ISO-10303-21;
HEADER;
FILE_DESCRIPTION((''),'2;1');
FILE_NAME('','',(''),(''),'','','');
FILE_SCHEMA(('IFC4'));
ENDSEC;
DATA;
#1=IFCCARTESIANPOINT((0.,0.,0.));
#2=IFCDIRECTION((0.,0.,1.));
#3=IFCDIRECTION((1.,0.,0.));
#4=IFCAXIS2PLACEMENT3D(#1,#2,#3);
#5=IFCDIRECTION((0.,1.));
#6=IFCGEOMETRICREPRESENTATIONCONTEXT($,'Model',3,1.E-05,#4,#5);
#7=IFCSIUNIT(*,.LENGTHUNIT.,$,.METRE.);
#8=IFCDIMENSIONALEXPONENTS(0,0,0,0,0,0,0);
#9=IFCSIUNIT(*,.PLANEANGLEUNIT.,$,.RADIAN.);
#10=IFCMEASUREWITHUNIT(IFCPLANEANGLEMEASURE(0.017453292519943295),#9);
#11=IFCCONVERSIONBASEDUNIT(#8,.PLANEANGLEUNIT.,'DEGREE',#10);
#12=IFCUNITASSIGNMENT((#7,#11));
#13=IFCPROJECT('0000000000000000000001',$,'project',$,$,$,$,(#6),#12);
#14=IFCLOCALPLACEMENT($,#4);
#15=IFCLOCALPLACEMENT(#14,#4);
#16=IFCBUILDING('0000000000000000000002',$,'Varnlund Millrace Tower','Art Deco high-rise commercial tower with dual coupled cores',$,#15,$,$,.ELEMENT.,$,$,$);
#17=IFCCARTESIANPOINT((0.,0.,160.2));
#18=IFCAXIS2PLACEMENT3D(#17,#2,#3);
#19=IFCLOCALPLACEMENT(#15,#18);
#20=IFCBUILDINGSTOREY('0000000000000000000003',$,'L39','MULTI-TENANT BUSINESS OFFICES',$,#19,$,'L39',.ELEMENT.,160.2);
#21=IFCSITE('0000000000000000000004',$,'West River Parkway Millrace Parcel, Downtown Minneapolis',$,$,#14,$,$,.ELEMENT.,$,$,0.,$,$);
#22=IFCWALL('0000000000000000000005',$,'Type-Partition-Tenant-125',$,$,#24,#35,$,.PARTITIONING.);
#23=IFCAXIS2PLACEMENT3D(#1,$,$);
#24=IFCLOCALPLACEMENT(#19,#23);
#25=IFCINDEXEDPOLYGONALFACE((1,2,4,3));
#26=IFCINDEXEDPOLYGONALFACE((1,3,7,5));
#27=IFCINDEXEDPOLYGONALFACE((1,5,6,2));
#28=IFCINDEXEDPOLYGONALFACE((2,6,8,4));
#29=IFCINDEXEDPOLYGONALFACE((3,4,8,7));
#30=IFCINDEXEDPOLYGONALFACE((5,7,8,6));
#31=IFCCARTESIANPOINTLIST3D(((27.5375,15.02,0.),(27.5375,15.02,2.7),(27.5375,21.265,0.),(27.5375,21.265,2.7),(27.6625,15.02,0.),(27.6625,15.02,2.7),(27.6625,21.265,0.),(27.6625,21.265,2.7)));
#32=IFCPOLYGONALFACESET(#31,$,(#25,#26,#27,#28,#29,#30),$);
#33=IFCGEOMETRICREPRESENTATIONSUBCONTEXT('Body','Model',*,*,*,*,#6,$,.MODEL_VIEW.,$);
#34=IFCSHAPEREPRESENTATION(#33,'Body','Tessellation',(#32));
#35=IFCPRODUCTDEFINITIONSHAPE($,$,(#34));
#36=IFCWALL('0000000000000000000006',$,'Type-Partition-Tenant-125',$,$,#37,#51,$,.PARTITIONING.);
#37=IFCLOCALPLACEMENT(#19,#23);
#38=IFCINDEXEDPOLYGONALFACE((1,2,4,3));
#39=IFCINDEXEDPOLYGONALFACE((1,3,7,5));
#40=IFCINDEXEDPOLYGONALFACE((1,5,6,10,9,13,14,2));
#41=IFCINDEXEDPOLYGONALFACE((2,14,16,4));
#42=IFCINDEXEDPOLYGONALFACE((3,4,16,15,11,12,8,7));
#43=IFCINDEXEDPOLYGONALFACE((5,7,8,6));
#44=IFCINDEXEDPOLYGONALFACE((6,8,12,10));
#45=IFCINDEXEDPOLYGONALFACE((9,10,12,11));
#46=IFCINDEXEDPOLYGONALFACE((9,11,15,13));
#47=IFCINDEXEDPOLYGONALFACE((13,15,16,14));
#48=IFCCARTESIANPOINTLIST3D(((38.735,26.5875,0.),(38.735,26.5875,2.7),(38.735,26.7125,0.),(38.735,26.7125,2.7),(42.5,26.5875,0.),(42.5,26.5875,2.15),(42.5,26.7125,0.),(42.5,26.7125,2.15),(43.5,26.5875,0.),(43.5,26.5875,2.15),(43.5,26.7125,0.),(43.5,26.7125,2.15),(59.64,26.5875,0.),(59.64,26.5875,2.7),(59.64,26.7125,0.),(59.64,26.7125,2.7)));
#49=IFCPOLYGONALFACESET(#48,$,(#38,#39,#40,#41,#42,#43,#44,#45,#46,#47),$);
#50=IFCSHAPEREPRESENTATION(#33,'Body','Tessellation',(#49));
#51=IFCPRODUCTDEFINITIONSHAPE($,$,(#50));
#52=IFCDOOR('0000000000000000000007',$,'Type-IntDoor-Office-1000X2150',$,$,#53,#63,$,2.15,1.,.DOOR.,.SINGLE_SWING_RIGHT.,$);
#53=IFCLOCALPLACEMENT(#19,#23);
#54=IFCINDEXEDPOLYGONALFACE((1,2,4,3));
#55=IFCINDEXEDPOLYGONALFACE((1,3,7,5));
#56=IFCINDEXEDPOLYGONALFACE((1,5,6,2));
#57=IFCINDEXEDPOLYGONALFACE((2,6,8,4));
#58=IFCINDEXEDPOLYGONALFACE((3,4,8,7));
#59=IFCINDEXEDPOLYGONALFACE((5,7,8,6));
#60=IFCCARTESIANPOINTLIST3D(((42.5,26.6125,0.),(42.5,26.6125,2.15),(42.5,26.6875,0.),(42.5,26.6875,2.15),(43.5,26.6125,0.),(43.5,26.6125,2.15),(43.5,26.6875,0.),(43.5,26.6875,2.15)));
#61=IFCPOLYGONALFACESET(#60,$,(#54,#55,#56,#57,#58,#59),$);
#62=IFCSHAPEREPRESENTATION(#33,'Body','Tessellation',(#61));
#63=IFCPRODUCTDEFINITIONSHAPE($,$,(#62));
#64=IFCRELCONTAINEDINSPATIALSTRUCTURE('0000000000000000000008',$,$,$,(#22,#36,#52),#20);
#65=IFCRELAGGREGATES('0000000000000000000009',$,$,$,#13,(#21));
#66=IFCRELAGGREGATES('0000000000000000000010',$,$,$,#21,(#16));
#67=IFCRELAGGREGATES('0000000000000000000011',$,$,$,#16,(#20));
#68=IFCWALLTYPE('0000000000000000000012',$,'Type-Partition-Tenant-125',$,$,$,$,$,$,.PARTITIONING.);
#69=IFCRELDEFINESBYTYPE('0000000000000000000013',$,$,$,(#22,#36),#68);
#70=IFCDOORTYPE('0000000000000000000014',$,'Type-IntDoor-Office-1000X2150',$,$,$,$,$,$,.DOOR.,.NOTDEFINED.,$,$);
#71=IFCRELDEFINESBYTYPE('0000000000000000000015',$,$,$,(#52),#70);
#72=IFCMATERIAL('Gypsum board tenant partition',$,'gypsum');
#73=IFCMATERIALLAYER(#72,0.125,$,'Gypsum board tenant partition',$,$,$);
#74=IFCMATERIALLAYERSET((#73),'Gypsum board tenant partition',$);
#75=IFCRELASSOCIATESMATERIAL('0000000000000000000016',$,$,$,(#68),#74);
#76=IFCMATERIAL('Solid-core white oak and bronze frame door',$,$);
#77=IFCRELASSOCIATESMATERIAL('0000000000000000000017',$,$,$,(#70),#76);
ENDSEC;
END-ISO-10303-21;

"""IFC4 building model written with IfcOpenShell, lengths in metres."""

from ifc_helpers import new_model, entity, si_unit, converted_unit, direction, frame, origin_with_axes, origin_2d_with_axis, place, context, subcontext, project, spatial, polyline, rectangle, outline, extrude, material, layer, layer_set, type_object, element, fill, save


model = new_model("IFC4")

# Units and contexts
model_context = context("Model", 3, precision=1e-05, world=origin_with_axes(), true_north=direction((0.0, 1.0)))
body_context = subcontext(model_context, "Body", "Model", "MODEL_VIEW")
ifc_project = project(units=[si_unit("LENGTHUNIT", "METRE"), converted_unit("PLANEANGLEUNIT", "DEGREE", entity("IfcPlaneAngleMeasure", 0.017453292519943295), si_unit("PLANEANGLEUNIT", "RADIAN"), dimensions=[0, 0, 0, 0, 0, 0, 0])], contexts=[model_context])

# Site, building, storey
site_placement = place(None, origin_with_axes())
site = spatial("IfcSite", under=ifc_project, at=site_placement, Name="West River Parkway Millrace Parcel, Downtown Minneapolis", CompositionType="ELEMENT", RefElevation=0.0)
building_placement = place(site_placement, origin_with_axes())
building = spatial("IfcBuilding", under=site, at=building_placement, Name="Varnlund Millrace Tower", Description="Art Deco high-rise commercial tower with dual coupled cores", CompositionType="ELEMENT")
storey_placement = place(building_placement, frame((0.0, 0.0, 160.2), z_axis=(0.0, 0.0, 1.0), x_axis=(1.0, 0.0, 0.0)))
storey = spatial("IfcBuildingStorey", under=building, at=storey_placement, Name="L39", Description="MULTI-TENANT BUSINESS OFFICES", LongName="L39", CompositionType="ELEMENT", Elevation=160.2)

# Wall
ifc_material_1 = material(Name="Gypsum board tenant partition", Category="gypsum")
ifc_layer_1 = layer(ifc_material_1, 0.125, Name="Gypsum board tenant partition")
ifc_layer_set_1 = layer_set([ifc_layer_1], Name="Gypsum board tenant partition")
wall_type_1 = type_object("IfcWallType", Name="Type-Partition-Tenant-125", PredefinedType="PARTITIONING", material=ifc_layer_set_1)
wall_1_placement = place(storey_placement, frame((27.6, 15.02, 0.0), z_axis=(0.0, 0.0, 1.0), x_axis=(0.0, 1.0, 0.0)))
element("IfcWall", 1, at=wall_1_placement, inside=storey, type_object=wall_type_1, Name="Type-Partition-Tenant-125", PredefinedType="PARTITIONING", context=body_context, shape_type="SweptSolid", body=[
    extrude(outline(polyline([(0.0, -0.0625), (6.245, -0.0625), (6.245, 0.0625), (0.0, 0.0625), (0.0, -0.0625)])), origin_with_axes(), (0.0, 0.0, 1.0), 2.7),
])

# Wall, opening, door
wall_2_placement = place(storey_placement, frame((38.735, 26.65, 0.0), z_axis=(0.0, 0.0, 1.0), x_axis=(1.0, 0.0, 0.0)))
wall_2 = element("IfcWall", 2, at=wall_2_placement, inside=storey, type_object=wall_type_1, Name="Type-Partition-Tenant-125", PredefinedType="PARTITIONING", context=body_context, shape_type="SweptSolid", body=[
    extrude(outline(polyline([(0.0, -0.0625), (20.905, -0.0625), (20.905, 0.0625), (0.0, 0.0625), (0.0, -0.0625)])), origin_with_axes(), (0.0, 0.0, 1.0), 2.7),
])
opening_1_placement = place(wall_2_placement, frame((4.265, 0.0, 0.0), z_axis=(0.0, 0.0, 1.0), x_axis=(1.0, 0.0, 0.0)))
opening_1 = element("IfcOpeningElement", 3, at=opening_1_placement, cuts=wall_2, PredefinedType="OPENING", context=body_context, shape_type="SweptSolid", body=[
    extrude(rectangle(XDim=1.0, YDim=0.145, at=origin_2d_with_axis()), origin_with_axes(), (0.0, 0.0, 1.0), 2.15),
])
ifc_material_2 = material(Name="Solid-core white oak and bronze frame door")
door_type = type_object("IfcDoorType", Name="Type-IntDoor-Office-1000X2150", OperationType="NOTDEFINED", PredefinedType="DOOR", material=ifc_material_2)
door_placement = place(wall_2_placement, frame((4.265, 0.0, 0.0), z_axis=(0.0, 0.0, 1.0), x_axis=(1.0, 0.0, 0.0)))
door = element("IfcDoor", 4, at=door_placement, inside=storey, type_object=door_type, Name="Type-IntDoor-Office-1000X2150", OperationType="SINGLE_SWING_RIGHT", OverallHeight=2.15, OverallWidth=1.0, PredefinedType="DOOR", context=body_context, shape_type="SweptSolid", body=[
    extrude(rectangle(XDim=1.0, YDim=0.075, at=origin_2d_with_axis()), origin_with_axes(), (0.0, 0.0, 1.0), 2.15),
])
fill(opening_1, door)

save(model, "model.ifc")
